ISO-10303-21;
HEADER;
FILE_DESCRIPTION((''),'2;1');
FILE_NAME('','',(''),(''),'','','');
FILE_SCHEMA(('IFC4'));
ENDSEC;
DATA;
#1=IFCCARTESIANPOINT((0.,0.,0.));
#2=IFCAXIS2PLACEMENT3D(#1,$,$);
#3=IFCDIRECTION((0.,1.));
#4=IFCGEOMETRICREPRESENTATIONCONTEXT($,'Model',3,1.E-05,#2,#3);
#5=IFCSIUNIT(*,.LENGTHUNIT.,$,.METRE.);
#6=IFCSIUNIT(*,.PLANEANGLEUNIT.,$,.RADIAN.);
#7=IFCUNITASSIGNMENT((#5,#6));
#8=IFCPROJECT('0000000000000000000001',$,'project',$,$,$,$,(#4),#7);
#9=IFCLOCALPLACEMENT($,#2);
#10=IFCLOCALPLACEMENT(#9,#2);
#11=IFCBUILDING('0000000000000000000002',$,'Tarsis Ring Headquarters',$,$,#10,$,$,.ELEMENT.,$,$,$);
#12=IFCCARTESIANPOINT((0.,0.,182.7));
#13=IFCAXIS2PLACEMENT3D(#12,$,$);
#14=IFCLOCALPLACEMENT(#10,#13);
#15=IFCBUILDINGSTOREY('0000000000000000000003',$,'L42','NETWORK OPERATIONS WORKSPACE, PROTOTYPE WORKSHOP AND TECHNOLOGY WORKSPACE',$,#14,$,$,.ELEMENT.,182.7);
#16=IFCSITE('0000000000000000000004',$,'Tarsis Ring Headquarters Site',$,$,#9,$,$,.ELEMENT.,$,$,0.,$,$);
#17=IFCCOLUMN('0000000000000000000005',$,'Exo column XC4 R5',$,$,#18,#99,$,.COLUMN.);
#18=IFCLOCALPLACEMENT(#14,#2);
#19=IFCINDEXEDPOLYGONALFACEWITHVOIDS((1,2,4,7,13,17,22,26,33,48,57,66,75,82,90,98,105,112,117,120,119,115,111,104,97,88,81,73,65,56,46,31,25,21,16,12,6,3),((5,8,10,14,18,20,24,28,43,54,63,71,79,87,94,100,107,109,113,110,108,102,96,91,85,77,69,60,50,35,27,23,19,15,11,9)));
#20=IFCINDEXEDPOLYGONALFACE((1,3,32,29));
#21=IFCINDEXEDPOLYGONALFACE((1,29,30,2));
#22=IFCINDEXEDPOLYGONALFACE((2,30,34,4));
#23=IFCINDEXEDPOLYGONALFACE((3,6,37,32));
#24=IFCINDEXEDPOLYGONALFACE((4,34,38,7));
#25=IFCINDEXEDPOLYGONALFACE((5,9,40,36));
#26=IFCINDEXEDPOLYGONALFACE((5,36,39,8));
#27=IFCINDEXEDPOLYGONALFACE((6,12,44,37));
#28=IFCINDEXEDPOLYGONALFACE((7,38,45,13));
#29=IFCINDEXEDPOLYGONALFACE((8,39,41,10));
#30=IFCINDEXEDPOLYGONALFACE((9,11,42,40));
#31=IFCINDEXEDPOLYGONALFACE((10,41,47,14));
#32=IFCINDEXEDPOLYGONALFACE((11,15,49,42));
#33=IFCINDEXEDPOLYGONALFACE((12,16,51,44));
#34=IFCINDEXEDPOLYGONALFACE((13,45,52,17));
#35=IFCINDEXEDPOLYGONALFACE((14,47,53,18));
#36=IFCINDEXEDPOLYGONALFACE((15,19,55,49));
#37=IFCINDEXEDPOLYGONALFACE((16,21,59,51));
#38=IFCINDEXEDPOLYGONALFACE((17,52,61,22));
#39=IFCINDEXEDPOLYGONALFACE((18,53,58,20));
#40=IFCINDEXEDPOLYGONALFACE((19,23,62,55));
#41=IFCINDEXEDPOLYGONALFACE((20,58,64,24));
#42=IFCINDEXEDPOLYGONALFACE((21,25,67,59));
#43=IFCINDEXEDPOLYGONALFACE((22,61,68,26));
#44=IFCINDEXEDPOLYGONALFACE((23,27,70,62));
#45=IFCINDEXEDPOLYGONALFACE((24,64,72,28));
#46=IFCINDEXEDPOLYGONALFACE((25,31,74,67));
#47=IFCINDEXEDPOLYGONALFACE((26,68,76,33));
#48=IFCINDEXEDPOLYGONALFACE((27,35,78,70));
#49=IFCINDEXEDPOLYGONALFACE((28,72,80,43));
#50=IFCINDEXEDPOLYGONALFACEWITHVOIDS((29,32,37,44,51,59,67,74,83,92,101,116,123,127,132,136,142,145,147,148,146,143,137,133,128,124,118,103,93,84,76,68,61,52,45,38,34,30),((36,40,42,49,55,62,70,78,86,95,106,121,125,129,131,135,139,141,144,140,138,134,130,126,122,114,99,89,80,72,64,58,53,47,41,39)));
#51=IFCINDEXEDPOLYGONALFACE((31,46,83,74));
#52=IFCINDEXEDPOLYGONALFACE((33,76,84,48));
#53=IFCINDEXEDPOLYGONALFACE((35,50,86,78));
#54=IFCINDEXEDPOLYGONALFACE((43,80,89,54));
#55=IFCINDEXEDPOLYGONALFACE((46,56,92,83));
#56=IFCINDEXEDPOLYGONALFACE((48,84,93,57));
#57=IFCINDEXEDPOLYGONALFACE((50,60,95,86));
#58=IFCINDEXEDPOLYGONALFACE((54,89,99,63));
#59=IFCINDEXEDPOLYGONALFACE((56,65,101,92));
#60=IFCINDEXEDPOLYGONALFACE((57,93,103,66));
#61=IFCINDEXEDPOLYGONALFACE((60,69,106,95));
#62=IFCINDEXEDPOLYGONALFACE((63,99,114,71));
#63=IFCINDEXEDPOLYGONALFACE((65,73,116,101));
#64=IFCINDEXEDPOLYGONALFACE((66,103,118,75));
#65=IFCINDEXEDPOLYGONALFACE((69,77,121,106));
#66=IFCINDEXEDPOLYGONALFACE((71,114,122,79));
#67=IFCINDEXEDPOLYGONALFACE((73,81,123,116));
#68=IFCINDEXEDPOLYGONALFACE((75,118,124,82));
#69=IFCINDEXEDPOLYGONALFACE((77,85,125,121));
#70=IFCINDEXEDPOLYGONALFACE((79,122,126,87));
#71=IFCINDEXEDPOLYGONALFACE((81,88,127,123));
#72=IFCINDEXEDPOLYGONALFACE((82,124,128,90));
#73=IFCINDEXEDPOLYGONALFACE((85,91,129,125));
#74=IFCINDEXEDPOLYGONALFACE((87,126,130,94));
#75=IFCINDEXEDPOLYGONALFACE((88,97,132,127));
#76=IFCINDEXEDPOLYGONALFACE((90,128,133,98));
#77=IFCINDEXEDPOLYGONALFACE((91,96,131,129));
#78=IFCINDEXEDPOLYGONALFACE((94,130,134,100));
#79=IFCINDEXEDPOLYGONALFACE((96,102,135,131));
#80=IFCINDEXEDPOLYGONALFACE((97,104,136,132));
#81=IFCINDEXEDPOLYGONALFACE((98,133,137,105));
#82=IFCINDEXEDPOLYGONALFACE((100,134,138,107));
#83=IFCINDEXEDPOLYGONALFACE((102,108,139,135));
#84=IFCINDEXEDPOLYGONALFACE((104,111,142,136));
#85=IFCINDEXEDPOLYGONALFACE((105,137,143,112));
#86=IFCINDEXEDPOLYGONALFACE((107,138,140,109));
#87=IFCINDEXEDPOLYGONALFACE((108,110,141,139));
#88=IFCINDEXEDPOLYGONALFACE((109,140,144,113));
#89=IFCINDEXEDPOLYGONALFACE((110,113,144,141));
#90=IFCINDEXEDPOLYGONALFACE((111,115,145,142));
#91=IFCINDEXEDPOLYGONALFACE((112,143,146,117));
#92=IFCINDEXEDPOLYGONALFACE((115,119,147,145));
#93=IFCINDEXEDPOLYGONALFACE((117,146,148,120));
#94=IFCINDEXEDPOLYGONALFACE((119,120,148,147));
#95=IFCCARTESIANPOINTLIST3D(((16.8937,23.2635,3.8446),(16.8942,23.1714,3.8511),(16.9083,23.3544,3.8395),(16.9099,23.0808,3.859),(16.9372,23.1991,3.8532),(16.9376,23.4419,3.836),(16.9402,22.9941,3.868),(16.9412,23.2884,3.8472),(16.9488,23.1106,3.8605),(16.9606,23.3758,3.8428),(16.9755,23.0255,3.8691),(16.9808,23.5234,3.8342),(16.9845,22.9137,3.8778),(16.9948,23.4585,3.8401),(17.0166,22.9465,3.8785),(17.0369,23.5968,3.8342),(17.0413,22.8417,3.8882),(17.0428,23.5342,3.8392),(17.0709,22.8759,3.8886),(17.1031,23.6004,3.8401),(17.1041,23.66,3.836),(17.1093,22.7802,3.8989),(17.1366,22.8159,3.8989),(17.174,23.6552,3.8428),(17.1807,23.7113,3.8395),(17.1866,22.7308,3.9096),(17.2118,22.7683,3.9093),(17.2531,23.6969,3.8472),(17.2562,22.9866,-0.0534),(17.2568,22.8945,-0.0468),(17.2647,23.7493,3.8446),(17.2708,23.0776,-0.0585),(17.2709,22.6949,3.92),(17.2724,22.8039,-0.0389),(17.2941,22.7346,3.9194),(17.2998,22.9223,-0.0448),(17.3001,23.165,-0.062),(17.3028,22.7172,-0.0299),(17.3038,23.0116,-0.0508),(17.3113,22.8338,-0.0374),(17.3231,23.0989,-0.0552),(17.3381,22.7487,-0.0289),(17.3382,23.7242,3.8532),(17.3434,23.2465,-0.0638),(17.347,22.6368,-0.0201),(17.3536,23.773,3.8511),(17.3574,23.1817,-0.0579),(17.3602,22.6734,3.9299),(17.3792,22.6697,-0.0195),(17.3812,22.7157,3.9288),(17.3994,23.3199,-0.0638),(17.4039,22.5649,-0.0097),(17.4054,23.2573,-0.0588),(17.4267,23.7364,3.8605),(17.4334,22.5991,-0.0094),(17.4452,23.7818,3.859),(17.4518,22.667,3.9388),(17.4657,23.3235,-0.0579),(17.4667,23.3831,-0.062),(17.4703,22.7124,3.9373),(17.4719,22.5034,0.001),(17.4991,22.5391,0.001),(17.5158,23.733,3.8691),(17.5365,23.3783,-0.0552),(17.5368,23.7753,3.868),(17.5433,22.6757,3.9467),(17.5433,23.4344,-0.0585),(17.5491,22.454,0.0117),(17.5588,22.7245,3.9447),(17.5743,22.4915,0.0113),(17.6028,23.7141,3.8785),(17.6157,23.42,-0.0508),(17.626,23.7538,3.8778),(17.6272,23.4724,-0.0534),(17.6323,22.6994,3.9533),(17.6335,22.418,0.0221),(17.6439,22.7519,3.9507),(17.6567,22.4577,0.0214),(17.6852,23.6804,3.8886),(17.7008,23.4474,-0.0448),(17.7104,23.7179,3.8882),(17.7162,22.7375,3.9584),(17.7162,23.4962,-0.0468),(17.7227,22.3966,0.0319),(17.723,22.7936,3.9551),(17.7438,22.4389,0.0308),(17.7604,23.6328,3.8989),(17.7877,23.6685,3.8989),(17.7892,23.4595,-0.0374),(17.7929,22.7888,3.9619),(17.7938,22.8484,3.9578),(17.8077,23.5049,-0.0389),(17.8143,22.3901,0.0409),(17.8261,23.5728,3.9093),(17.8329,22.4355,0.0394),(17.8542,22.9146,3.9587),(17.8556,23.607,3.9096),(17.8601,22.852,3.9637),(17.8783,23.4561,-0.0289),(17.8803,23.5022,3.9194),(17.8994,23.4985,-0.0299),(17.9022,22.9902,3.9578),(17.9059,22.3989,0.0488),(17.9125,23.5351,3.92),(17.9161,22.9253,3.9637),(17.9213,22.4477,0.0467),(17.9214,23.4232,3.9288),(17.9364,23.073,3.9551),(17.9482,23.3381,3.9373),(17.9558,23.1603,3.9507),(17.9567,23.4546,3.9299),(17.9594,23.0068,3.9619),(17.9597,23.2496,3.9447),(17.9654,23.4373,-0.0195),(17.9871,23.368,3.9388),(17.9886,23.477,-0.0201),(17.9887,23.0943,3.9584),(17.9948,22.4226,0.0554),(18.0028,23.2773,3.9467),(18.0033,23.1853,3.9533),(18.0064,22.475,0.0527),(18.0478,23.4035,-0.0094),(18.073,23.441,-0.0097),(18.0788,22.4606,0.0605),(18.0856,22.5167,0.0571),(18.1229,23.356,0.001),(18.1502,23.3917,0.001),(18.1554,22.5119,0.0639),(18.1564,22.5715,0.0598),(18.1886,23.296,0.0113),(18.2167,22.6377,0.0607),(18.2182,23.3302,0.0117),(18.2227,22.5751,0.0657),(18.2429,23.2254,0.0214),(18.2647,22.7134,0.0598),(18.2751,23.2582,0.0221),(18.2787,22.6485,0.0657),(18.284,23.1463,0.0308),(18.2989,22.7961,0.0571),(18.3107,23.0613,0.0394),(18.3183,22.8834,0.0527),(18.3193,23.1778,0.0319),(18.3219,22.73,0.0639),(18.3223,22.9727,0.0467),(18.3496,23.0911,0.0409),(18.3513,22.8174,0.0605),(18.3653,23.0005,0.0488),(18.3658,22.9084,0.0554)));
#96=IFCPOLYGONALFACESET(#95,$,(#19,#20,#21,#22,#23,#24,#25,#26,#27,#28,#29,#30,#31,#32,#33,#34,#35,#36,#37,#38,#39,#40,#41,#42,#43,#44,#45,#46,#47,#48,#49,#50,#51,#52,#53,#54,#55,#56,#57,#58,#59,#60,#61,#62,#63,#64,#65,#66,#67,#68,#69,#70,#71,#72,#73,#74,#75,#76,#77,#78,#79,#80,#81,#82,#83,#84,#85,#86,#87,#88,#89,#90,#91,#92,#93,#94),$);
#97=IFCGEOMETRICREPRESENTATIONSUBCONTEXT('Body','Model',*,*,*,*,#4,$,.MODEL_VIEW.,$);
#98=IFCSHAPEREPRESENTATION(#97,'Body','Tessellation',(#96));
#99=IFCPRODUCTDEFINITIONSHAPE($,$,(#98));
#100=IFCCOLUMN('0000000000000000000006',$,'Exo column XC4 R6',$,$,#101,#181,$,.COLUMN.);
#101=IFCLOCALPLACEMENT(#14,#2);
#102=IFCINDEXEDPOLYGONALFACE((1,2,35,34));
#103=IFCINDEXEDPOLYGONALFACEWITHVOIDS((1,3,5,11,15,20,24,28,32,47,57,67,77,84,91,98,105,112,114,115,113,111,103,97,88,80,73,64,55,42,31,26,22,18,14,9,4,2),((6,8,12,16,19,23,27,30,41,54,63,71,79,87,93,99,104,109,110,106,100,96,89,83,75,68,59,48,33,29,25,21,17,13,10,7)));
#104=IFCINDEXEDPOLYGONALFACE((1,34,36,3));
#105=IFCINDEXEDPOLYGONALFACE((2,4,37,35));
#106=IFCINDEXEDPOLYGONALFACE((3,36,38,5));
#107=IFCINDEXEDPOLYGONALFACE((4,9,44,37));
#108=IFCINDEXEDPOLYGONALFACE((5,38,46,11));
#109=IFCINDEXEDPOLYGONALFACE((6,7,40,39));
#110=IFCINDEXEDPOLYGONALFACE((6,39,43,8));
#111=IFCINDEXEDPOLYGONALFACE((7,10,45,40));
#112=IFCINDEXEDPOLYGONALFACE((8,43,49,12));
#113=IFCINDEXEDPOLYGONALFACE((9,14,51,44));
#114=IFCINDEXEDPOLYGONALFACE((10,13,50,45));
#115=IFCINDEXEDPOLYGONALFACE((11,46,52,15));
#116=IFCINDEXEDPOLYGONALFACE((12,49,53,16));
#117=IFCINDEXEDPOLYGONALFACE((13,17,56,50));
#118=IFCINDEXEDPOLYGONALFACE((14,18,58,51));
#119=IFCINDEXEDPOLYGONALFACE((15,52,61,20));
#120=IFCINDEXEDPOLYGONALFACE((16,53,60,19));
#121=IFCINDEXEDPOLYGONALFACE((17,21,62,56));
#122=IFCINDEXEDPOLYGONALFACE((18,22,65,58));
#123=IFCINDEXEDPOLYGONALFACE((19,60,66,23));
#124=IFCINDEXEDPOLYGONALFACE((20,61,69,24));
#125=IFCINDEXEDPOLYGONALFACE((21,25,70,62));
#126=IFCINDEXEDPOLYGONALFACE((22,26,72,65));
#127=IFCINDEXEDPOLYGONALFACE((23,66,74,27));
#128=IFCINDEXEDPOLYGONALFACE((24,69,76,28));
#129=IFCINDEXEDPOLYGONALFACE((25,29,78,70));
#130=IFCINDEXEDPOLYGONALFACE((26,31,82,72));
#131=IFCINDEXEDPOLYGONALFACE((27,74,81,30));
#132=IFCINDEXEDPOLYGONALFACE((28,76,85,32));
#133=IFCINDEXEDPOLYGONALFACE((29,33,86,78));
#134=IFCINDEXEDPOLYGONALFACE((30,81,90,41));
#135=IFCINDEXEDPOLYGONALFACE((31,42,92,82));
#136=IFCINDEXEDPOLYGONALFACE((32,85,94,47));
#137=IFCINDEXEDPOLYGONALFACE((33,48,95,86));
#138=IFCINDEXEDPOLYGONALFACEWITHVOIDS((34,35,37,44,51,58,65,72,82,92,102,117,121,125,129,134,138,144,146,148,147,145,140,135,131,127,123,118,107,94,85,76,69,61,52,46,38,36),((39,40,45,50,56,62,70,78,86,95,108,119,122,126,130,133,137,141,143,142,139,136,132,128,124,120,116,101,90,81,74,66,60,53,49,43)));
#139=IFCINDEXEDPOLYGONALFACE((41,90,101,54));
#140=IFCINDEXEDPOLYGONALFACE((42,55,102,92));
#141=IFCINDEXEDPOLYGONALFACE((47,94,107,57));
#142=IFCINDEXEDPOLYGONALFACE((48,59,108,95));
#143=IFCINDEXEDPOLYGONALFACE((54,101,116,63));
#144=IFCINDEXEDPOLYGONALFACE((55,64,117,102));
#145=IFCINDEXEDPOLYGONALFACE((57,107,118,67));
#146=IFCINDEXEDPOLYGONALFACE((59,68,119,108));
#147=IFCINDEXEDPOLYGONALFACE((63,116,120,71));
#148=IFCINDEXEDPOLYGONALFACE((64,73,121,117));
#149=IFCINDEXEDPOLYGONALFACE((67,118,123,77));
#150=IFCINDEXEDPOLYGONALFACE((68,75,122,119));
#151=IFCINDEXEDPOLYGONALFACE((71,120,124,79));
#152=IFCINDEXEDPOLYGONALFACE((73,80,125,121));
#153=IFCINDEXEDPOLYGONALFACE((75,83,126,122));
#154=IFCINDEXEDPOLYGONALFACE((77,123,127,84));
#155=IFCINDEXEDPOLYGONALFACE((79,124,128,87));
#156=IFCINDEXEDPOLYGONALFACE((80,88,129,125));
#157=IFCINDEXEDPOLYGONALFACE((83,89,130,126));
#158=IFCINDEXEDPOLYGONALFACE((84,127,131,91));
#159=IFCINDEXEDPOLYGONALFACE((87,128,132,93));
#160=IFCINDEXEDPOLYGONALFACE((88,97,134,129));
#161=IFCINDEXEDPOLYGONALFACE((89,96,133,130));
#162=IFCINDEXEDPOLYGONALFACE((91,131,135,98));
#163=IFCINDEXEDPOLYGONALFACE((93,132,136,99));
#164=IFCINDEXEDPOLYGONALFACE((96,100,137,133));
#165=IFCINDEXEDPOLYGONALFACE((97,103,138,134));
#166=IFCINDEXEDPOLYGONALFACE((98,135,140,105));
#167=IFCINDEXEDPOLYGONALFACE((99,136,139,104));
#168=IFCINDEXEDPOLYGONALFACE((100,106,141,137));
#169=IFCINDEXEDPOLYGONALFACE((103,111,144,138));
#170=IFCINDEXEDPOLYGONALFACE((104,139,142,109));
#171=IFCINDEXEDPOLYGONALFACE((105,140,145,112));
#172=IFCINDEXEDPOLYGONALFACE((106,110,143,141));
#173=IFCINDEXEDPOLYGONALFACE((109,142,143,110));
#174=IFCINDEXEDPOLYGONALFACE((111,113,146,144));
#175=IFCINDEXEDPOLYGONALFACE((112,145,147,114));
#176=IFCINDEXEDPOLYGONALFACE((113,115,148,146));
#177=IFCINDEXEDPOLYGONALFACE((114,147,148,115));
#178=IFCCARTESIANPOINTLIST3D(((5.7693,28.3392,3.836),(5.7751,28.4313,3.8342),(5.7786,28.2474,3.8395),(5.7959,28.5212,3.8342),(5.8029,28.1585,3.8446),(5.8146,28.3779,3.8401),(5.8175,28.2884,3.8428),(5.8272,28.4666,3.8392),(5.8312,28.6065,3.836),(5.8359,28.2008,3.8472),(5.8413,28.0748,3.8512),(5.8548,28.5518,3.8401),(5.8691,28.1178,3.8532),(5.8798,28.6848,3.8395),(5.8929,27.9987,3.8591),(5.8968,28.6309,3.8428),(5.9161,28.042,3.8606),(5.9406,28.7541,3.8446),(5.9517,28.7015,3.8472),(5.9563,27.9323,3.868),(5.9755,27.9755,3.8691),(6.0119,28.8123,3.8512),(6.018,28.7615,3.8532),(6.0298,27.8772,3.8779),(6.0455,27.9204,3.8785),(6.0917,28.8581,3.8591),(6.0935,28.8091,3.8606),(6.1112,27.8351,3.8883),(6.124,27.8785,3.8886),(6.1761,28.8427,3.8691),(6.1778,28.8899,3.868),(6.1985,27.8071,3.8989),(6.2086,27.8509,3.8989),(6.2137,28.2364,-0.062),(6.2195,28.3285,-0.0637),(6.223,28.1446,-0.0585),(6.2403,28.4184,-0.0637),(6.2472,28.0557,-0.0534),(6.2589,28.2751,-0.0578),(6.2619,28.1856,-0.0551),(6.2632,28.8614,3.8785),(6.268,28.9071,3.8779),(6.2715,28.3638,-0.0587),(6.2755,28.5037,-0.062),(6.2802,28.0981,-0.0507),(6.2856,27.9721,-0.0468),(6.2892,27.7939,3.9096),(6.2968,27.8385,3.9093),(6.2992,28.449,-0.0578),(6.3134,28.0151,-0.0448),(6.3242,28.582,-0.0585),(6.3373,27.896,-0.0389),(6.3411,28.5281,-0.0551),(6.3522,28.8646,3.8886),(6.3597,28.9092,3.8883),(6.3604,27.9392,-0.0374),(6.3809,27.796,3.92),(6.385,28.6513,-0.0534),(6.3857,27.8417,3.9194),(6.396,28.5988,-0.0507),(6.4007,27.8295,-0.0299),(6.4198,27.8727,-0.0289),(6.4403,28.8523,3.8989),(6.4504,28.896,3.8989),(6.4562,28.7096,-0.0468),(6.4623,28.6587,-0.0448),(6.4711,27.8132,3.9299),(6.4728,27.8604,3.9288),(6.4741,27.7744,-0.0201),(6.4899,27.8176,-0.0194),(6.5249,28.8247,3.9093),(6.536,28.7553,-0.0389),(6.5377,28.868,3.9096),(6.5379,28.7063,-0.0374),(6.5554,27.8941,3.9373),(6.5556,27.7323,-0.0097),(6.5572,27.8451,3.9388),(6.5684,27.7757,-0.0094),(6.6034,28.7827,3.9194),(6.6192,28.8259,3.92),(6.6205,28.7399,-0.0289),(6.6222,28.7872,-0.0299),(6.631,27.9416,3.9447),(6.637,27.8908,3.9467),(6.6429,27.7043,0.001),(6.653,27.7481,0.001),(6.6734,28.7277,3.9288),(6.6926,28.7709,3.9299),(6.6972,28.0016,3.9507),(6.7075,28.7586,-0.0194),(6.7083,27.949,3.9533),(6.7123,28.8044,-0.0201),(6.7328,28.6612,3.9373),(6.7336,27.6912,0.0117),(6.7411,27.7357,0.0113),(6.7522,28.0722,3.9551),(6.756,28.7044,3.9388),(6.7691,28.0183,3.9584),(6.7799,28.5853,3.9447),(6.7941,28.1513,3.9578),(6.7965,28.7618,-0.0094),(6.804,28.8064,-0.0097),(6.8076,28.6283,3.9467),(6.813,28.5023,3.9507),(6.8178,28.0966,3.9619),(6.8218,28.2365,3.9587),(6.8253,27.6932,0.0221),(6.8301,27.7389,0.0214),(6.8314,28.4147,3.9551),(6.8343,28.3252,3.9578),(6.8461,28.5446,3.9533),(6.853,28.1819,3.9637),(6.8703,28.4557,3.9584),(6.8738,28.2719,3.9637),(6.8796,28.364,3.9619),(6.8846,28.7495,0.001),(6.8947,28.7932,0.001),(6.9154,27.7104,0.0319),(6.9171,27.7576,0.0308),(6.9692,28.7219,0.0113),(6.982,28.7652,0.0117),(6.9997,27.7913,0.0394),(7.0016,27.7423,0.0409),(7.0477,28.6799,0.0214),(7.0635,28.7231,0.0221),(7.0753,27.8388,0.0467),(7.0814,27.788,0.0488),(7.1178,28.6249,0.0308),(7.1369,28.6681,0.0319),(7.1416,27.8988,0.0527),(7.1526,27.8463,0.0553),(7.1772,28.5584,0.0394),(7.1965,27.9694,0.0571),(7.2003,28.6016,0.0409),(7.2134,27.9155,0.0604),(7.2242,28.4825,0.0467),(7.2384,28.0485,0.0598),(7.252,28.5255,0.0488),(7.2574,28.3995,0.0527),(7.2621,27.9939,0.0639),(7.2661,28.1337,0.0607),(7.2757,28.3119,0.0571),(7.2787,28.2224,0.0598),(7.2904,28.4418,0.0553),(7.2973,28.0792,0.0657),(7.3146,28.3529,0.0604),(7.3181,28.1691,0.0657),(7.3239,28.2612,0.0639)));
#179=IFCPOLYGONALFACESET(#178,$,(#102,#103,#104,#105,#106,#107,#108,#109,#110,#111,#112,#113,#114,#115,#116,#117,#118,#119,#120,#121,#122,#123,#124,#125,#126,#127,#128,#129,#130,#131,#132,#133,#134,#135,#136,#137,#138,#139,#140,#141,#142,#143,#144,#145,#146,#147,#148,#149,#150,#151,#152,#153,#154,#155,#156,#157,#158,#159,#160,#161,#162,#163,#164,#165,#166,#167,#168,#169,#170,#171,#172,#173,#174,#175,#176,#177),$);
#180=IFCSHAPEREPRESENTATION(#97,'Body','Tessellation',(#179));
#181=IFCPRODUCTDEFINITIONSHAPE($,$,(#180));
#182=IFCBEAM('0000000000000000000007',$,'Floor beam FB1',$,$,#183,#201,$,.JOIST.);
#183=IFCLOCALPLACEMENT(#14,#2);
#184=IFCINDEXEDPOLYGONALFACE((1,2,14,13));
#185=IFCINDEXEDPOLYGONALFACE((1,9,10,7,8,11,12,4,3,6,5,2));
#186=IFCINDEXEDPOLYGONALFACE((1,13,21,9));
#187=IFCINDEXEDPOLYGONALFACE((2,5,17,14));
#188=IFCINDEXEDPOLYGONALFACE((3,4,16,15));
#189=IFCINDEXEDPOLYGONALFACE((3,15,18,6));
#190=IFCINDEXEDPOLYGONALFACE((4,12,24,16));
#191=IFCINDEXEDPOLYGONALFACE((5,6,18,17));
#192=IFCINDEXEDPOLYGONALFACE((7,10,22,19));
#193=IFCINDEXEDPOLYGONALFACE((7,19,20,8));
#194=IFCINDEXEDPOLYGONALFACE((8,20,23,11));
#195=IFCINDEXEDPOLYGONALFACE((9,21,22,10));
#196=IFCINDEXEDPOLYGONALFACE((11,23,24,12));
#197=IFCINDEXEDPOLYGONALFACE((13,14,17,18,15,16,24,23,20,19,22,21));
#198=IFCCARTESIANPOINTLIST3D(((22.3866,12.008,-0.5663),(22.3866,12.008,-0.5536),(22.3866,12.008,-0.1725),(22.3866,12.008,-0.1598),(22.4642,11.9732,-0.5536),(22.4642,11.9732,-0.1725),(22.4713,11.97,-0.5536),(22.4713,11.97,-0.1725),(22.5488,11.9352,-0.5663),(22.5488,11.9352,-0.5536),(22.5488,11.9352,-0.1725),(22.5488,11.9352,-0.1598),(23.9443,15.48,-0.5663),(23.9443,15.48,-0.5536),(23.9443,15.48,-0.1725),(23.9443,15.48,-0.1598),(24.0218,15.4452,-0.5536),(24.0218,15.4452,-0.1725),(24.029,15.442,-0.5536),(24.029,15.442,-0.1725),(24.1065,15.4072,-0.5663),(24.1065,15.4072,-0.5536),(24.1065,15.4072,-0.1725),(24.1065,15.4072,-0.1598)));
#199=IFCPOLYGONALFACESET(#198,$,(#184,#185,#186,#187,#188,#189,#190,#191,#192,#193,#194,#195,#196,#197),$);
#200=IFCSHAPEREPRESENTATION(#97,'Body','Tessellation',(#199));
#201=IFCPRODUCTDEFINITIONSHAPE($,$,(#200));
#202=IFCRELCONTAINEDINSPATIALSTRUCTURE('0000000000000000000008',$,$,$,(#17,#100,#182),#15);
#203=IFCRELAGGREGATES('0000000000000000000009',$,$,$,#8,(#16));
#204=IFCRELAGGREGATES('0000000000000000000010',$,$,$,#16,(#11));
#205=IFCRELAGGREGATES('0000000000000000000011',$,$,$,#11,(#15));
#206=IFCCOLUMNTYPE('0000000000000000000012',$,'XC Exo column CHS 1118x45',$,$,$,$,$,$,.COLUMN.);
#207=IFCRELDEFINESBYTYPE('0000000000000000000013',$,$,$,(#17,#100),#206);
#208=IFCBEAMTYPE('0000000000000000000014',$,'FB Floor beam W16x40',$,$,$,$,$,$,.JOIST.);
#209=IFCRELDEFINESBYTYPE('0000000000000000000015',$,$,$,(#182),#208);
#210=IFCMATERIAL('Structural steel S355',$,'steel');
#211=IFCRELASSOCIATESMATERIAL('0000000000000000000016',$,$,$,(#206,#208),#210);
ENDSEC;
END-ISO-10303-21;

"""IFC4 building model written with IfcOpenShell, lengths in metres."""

from ifc_helpers import new_model, si_unit, direction, frame, origin, origin_2d, place, context, subcontext, project, spatial, hollow_circle, i_section, extrude, material, material_profile, profile_set, type_object, element, save


model = new_model("IFC4")

# Units and contexts
model_context = context("Model", 3, precision=1e-05, world=origin(), true_north=direction((0.0, 1.0)))
body_context = subcontext(model_context, "Body", "Model", "MODEL_VIEW")
ifc_project = project(units=[si_unit("LENGTHUNIT", "METRE"), si_unit("PLANEANGLEUNIT", "RADIAN")], contexts=[model_context])

# Site, building, storey
site_placement = place(None, origin())
site = spatial("IfcSite", under=ifc_project, at=site_placement, Name="Tarsis Ring Headquarters Site", CompositionType="ELEMENT", RefElevation=0.0)
building_placement = place(site_placement, origin())
building = spatial("IfcBuilding", under=site, at=building_placement, Name="Tarsis Ring Headquarters", CompositionType="ELEMENT")
storey_placement = place(building_placement, frame((0.0, 0.0, 182.7)))
storey = spatial("IfcBuildingStorey", under=building, at=storey_placement, Name="L42", Description="NETWORK OPERATIONS WORKSPACE, PROTOTYPE WORKSHOP AND TECHNOLOGY WORKSPACE", CompositionType="ELEMENT", Elevation=182.7)

# Columns
ifc_material_1 = material(Name="Structural steel S355", Category="steel")
ifc_material_profile_1 = material_profile(ifc_material_1, hollow_circle(Radius=0.5588, WallThickness=0.0449, at=origin_2d()), Name="CHS 1118x45")
ifc_profile_set_1 = profile_set([ifc_material_profile_1], Name="Structural steel S355")
column_type = type_object("IfcColumnType", Name="XC Exo column CHS 1118x45", PredefinedType="COLUMN", material=ifc_profile_set_1)
for number, where, z_axis, x_axis, name in (
    (1, (17.811, 22.9475, 0.001), (-0.09238, 0.070544, 0.993222), (-0.606914, -0.794768, 0.0), "Exo column XC4 R5"),
    (2, (6.7688, 28.2488, 0.001), (-0.11322, 0.02619, 0.993225), (-0.225368, -0.974274, 0.0), "Exo column XC4 R6"),
):
    element("IfcColumn", number, at=place(storey_placement, frame(where, z_axis=z_axis, x_axis=x_axis)), inside=storey, type_object=column_type, Name=name, PredefinedType="COLUMN", context=body_context, shape_type="SweptSolid", body=[
        extrude(hollow_circle(Radius=0.5588, WallThickness=0.0449, at=origin_2d()), origin(), (0.0, 0.0, 1.0), 3.9246),
    ])

# Beam
ifc_material_profile_2 = material_profile(ifc_material_1, i_section(OverallWidth=0.1777, OverallDepth=0.4065, WebThickness=0.0078, FlangeThickness=0.0127, at=origin_2d()), Name="W16x40")
ifc_profile_set_2 = profile_set([ifc_material_profile_2], Name="Structural steel S355")
beam_type_1 = type_object("IfcBeamType", Name="FB Floor beam W16x40", PredefinedType="JOIST", material=ifc_profile_set_2)
beam_1_placement = place(storey_placement, frame((24.0254, 15.4436, -0.363), z_axis=(-0.409327, -0.912388, 0.0), x_axis=(0.912388, -0.409327, 0.0)))
element("IfcBeam", 3, at=beam_1_placement, inside=storey, type_object=beam_type_1, Name="Floor beam FB1", PredefinedType="JOIST", context=body_context, shape_type="SweptSolid", body=[
    extrude(i_section(OverallWidth=0.1777, OverallDepth=0.4065, WebThickness=0.0078, FlangeThickness=0.0127, at=origin_2d()), origin(), (0.0, 0.0, 1.0), 3.8054),
])

save(model, "model.ifc")
